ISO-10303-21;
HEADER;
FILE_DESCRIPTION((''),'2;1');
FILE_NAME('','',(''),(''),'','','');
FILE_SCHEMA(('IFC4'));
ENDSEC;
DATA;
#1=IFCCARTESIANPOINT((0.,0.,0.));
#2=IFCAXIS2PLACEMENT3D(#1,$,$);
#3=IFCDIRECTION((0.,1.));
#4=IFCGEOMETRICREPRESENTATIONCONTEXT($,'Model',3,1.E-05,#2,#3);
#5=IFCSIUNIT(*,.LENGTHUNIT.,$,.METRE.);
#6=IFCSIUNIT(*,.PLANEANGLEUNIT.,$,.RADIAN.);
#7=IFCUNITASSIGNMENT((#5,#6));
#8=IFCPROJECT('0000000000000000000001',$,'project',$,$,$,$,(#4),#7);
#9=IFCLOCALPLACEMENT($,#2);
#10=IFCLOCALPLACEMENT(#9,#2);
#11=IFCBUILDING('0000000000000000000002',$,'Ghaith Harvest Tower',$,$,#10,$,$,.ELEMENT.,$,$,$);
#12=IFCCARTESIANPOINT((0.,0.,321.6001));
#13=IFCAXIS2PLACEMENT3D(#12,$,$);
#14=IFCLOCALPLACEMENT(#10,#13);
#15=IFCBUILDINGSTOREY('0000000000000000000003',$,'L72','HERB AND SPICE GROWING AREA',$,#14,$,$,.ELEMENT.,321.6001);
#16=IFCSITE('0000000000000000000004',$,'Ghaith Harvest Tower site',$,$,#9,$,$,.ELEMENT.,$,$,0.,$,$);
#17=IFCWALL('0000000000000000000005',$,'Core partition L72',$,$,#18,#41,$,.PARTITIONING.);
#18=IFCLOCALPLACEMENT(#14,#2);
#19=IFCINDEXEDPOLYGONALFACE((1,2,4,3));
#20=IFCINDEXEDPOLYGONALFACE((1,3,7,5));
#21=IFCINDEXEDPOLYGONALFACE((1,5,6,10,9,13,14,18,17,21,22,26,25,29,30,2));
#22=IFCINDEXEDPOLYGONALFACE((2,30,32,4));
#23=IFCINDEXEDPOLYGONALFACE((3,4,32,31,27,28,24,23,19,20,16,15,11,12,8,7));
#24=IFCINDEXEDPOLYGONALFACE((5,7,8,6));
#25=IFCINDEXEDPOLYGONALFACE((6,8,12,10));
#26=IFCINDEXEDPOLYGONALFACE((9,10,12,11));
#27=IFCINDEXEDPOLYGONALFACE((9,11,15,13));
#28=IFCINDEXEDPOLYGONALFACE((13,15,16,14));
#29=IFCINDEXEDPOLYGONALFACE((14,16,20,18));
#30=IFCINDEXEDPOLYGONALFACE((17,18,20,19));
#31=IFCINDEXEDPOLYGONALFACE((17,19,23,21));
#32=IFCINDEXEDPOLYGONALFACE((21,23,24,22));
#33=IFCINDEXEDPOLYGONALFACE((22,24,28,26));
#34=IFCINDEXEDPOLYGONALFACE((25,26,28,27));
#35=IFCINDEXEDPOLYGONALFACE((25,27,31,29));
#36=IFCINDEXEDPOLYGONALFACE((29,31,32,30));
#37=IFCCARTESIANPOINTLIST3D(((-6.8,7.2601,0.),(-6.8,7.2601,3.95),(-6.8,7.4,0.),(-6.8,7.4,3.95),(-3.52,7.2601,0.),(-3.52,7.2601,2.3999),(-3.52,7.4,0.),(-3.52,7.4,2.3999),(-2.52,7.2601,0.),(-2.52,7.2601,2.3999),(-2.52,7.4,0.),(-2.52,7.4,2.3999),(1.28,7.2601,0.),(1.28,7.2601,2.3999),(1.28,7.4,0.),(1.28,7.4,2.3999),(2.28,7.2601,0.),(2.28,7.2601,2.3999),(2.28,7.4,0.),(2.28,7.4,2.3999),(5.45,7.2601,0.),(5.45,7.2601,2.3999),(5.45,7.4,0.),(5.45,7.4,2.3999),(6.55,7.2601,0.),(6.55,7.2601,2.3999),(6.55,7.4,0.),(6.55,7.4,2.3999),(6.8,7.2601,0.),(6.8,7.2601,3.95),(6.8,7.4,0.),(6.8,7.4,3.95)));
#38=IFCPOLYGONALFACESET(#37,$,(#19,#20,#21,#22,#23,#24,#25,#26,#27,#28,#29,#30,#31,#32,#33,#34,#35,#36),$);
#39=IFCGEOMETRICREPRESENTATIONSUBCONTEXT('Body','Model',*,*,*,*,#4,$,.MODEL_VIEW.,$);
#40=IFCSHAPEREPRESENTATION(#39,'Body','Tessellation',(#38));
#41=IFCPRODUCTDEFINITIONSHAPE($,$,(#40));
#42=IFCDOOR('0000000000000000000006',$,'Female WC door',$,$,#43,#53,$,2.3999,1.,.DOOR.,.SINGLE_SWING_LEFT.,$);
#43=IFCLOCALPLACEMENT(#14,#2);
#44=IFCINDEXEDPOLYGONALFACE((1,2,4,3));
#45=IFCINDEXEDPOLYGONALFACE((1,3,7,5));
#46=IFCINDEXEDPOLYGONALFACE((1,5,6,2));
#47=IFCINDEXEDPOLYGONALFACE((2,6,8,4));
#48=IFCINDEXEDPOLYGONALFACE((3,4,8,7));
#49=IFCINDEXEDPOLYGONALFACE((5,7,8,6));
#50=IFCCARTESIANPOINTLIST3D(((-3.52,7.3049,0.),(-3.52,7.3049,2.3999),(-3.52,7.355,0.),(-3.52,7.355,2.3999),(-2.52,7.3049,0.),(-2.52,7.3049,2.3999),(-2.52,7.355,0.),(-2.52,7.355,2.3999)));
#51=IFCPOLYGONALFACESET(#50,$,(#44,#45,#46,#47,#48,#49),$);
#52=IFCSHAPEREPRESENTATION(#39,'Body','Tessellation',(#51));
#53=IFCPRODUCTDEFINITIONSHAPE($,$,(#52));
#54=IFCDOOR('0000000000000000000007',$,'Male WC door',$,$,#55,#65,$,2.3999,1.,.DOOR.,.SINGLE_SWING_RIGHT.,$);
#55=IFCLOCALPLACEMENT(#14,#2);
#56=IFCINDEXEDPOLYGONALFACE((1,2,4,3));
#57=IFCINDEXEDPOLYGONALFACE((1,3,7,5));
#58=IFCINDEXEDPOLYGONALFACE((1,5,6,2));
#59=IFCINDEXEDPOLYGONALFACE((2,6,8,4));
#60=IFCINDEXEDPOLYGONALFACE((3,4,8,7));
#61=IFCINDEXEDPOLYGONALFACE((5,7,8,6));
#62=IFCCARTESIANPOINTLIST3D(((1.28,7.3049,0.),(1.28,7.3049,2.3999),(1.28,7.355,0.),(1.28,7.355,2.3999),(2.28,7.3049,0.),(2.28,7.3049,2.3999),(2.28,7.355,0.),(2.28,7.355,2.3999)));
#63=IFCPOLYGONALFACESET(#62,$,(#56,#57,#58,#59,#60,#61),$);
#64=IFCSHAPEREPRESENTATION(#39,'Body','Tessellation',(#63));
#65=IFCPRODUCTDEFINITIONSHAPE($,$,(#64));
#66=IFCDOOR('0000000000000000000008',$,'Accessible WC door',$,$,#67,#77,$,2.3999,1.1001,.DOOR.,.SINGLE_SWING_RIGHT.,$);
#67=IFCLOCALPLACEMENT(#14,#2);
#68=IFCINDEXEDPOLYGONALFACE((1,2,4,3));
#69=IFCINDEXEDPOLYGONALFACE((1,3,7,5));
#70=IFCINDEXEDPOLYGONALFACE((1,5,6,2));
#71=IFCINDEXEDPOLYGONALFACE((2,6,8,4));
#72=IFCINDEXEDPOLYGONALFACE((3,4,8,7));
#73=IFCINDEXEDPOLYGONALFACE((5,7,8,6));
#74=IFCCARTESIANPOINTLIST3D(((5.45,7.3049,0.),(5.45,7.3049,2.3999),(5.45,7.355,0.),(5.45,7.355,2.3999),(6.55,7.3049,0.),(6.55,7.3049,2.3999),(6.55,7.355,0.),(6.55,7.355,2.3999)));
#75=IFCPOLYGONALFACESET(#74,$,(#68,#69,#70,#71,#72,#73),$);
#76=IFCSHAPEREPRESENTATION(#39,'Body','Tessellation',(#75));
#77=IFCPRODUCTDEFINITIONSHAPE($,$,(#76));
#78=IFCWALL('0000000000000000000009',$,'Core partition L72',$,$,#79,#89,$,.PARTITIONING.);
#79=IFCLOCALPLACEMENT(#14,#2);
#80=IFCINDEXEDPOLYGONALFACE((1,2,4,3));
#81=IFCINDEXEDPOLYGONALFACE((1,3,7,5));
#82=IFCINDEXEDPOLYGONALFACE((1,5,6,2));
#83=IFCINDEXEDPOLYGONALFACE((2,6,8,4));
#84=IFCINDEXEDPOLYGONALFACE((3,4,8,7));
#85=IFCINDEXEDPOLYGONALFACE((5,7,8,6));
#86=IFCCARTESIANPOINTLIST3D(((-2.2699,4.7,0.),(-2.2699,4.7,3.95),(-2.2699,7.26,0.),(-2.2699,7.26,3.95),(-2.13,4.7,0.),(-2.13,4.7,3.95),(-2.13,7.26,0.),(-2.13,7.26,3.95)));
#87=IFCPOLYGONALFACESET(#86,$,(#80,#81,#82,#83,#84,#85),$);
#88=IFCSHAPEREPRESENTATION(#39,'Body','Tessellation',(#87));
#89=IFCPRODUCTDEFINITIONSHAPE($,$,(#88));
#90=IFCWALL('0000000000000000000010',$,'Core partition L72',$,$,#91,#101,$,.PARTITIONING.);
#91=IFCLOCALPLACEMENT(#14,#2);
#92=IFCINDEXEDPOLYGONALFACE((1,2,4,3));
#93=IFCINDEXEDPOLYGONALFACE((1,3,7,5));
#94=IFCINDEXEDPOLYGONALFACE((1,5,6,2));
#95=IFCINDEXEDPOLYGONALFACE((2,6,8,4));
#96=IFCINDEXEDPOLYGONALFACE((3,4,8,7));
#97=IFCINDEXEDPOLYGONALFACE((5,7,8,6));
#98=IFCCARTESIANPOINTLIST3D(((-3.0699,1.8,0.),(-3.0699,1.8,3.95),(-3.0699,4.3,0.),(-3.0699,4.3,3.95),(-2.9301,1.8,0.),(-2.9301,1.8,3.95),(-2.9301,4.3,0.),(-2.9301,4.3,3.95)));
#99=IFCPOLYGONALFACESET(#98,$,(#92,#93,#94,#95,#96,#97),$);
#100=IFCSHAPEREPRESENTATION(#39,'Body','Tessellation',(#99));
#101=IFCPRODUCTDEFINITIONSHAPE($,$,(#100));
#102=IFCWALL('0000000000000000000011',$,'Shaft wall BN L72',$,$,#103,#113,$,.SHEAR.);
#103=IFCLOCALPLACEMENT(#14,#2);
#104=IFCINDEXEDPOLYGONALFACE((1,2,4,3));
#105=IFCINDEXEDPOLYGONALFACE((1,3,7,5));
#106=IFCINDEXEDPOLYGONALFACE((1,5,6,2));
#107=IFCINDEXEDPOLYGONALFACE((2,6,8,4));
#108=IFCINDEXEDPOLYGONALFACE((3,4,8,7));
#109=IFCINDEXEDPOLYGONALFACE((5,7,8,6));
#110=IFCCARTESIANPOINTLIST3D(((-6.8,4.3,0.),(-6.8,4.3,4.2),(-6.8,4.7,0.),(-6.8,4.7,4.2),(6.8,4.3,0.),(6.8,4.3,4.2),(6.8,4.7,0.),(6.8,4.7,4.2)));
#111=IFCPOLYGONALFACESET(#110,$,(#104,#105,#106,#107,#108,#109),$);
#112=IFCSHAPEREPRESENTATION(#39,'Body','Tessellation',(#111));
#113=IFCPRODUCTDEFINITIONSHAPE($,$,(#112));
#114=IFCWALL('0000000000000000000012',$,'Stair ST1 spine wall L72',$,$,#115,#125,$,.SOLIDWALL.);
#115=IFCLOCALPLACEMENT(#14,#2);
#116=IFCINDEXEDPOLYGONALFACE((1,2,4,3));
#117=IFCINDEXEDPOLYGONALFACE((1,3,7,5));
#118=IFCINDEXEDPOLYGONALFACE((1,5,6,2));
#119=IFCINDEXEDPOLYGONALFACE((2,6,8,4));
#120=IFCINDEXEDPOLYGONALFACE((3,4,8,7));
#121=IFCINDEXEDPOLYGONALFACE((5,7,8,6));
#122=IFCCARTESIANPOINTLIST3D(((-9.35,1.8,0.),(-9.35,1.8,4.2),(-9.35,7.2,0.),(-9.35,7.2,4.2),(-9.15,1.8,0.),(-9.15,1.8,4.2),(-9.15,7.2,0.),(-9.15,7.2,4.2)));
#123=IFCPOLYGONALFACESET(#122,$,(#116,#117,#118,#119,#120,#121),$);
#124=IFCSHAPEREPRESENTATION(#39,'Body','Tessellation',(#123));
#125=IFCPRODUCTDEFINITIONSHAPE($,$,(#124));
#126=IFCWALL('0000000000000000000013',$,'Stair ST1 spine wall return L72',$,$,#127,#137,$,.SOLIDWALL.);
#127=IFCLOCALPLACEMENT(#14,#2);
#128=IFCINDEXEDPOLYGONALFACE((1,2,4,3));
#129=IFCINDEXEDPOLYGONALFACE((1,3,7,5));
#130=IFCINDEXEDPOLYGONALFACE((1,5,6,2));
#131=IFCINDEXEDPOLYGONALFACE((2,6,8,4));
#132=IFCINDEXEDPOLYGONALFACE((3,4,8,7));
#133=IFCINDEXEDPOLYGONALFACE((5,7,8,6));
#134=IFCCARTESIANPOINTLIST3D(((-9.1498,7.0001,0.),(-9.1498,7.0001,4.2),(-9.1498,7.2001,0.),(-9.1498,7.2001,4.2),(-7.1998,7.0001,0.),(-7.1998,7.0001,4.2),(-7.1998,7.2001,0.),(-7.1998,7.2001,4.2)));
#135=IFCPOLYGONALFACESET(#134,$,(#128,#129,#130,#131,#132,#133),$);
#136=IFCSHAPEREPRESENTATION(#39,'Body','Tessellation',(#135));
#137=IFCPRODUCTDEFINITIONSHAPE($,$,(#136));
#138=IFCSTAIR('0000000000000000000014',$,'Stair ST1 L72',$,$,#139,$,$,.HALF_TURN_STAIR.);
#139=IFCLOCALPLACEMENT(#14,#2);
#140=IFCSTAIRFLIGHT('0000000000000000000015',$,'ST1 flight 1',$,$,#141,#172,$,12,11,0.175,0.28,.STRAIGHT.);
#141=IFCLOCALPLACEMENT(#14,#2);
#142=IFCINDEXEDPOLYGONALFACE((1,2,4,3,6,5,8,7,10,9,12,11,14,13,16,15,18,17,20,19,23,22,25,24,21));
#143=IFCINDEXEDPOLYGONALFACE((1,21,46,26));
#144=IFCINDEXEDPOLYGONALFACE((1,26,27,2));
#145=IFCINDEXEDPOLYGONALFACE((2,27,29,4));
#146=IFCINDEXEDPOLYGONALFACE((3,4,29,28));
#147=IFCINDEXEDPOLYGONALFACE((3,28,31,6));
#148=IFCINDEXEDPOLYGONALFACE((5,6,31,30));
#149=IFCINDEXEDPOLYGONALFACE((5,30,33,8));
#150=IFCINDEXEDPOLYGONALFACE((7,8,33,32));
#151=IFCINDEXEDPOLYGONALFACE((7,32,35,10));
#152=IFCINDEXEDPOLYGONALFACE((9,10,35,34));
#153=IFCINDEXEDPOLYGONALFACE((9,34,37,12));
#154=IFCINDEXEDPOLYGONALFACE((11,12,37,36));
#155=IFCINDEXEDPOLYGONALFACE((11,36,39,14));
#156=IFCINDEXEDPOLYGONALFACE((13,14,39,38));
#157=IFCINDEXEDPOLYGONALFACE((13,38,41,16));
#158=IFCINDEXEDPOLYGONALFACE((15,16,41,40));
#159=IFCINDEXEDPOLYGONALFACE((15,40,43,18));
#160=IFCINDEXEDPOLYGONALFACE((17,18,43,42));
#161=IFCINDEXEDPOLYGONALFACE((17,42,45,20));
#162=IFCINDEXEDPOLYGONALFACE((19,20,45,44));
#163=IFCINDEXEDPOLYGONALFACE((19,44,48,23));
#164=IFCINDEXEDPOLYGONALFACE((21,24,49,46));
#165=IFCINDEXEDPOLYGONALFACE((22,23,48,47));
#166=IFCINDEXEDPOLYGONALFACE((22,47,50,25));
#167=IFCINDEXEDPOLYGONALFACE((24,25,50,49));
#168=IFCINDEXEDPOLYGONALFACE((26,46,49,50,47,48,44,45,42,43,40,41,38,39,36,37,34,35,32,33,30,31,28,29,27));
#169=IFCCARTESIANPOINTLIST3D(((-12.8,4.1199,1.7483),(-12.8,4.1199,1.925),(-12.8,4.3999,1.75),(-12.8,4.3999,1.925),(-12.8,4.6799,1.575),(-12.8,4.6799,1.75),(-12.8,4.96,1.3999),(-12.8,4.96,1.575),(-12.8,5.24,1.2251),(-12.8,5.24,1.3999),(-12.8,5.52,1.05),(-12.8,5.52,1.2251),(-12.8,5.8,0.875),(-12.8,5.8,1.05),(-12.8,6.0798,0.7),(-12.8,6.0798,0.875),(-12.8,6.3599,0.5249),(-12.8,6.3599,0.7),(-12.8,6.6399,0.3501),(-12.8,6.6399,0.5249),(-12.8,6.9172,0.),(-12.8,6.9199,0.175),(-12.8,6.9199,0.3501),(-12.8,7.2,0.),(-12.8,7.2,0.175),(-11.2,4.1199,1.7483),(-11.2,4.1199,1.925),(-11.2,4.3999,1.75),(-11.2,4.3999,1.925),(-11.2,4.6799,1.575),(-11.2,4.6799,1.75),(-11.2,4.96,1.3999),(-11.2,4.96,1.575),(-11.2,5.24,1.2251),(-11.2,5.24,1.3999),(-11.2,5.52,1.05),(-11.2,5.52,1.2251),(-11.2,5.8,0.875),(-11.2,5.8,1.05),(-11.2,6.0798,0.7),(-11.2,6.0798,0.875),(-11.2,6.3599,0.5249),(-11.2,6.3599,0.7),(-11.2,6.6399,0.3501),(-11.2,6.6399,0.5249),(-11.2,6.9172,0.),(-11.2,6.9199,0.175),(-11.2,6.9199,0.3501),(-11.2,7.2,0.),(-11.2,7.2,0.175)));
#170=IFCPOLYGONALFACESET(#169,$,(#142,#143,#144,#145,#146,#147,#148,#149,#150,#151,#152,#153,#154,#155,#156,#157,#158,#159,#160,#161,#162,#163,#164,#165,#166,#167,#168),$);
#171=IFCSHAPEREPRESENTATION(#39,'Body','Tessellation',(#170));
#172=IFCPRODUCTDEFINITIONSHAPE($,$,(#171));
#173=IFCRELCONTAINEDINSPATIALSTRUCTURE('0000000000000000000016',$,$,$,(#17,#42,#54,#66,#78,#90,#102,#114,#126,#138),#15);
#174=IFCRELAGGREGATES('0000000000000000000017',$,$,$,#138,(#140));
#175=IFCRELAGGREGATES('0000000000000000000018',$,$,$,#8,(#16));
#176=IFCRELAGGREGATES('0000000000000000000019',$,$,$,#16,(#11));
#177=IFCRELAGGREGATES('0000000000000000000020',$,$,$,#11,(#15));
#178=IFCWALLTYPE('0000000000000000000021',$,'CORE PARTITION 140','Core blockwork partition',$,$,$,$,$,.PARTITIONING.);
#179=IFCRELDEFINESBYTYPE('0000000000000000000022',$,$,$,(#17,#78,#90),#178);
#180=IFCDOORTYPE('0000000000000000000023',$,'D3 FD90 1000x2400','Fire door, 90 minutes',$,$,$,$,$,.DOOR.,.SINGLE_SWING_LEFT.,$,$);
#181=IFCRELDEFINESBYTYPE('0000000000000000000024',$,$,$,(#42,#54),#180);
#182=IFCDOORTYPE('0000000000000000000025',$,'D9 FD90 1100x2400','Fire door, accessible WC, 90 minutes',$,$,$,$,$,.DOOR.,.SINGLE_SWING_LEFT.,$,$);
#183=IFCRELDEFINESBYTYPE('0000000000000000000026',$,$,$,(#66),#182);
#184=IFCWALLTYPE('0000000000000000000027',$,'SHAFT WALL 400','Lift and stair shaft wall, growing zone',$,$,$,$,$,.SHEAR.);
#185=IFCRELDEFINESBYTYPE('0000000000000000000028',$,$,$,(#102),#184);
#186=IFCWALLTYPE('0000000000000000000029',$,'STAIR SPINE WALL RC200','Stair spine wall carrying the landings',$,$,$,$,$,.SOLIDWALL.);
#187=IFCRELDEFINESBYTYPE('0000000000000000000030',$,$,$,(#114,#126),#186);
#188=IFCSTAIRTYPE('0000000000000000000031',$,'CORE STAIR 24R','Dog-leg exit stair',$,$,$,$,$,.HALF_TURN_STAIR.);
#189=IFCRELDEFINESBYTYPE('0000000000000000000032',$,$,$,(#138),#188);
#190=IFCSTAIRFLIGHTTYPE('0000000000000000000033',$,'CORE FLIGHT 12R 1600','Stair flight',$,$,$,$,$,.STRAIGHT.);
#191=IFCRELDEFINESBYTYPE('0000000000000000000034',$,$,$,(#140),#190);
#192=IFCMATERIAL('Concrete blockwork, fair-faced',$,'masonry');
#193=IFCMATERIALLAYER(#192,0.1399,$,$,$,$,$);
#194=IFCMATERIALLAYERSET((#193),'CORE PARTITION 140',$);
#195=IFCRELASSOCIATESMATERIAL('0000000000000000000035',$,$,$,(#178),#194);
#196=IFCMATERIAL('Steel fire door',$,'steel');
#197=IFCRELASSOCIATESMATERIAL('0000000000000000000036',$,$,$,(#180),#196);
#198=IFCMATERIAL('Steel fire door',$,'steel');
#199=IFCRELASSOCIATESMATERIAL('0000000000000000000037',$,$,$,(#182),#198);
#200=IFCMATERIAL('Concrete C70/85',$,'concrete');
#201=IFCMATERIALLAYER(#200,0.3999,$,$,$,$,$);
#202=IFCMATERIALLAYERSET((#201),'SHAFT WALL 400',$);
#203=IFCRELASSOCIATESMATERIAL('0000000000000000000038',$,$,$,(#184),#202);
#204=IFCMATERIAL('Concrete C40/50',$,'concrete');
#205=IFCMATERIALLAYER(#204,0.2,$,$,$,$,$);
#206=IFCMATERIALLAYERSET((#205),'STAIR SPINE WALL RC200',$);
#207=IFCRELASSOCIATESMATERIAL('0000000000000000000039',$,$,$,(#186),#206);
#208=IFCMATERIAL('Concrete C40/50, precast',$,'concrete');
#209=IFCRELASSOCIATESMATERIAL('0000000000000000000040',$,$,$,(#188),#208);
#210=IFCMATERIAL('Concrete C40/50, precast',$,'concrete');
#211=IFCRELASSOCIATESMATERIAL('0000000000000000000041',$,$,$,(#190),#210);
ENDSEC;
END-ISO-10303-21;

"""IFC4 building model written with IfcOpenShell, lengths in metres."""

from ifc_helpers import new_model, si_unit, direction, frame, frame_2d, origin, place, context, subcontext, project, spatial, polyline, rectangle, outline, extrude, material, layer, layer_set, type_object, element, fill, aggregate, save


model = new_model("IFC4")

# Units and contexts
model_context = context("Model", 3, precision=1e-05, world=origin(), true_north=direction((0.0, 1.0)))
body_context = subcontext(model_context, "Body", "Model", "MODEL_VIEW")
ifc_project = project(units=[si_unit("LENGTHUNIT", "METRE"), si_unit("PLANEANGLEUNIT", "RADIAN")], contexts=[model_context])

# Site, building, storey
site_placement = place(None, origin())
site = spatial("IfcSite", under=ifc_project, at=site_placement, Name="Ghaith Harvest Tower site", CompositionType="ELEMENT", RefElevation=0.0)
building_placement = place(site_placement, origin())
building = spatial("IfcBuilding", under=site, at=building_placement, Name="Ghaith Harvest Tower", CompositionType="ELEMENT")
storey_placement = place(building_placement, frame((0.0, 0.0, 321.6001)))
storey = spatial("IfcBuildingStorey", under=building, at=storey_placement, Name="L72", Description="HERB AND SPICE GROWING AREA", CompositionType="ELEMENT", Elevation=321.6001)

# Wall, openings, doors
ifc_material_1 = material(Name="Concrete blockwork, fair-faced", Category="masonry")
ifc_layer_1 = layer(ifc_material_1, 0.1399)
ifc_layer_set_1 = layer_set([ifc_layer_1], Name="CORE PARTITION 140")
wall_type_1 = type_object("IfcWallType", Name="CORE PARTITION 140", Description="Core blockwork partition", PredefinedType="PARTITIONING", material=ifc_layer_set_1)
wall_1_placement = place(storey_placement, frame((-6.8, 7.3301, 0.0), z_axis=(0.0, 0.0, 1.0), x_axis=(1.0, 0.0, 0.0)))
wall_1 = element("IfcWall", 1, at=wall_1_placement, inside=storey, type_object=wall_type_1, Name="Core partition L72", PredefinedType="PARTITIONING", context=body_context, shape_type="SweptSolid", body=[
    extrude(rectangle(XDim=13.6001, YDim=0.1399, at=frame_2d((6.8, 0.0))), origin(), (0.0, 0.0, 1.0), 3.95),
])
opening_1_placement = place(wall_1_placement, frame((3.28, 0.0, 0.0)))
opening_1 = element("IfcOpeningElement", 2, at=opening_1_placement, cuts=wall_1, PredefinedType="OPENING", context=body_context, shape_type="SweptSolid", body=[
    extrude(rectangle(XDim=1.0, YDim=2.3999, at=frame_2d((0.5, 1.2))), frame((0.0, 0.0801, 0.0), z_axis=(0.0, -1.0, 0.0), x_axis=(1.0, 0.0, 0.0)), (0.0, 0.0, 1.0), 0.1599),
])
opening_2_placement = place(wall_1_placement, frame((8.0801, 0.0, 0.0)))
opening_2 = element("IfcOpeningElement", 3, at=opening_2_placement, cuts=wall_1, PredefinedType="OPENING", context=body_context, shape_type="SweptSolid", body=[
    extrude(rectangle(XDim=1.0, YDim=2.3999, at=frame_2d((0.5, 1.2))), frame((0.0, 0.0801, 0.0), z_axis=(0.0, -1.0, 0.0), x_axis=(1.0, 0.0, 0.0)), (0.0, 0.0, 1.0), 0.1599),
])
opening_3_placement = place(wall_1_placement, frame((12.25, 0.0, 0.0)))
opening_3 = element("IfcOpeningElement", 4, at=opening_3_placement, cuts=wall_1, PredefinedType="OPENING", context=body_context, shape_type="SweptSolid", body=[
    extrude(rectangle(XDim=1.1001, YDim=2.3999, at=frame_2d((0.55, 1.2))), frame((0.0, 0.0801, 0.0), z_axis=(0.0, -1.0, 0.0), x_axis=(1.0, 0.0, 0.0)), (0.0, 0.0, 1.0), 0.1599),
])
ifc_material_2 = material(Name="Steel fire door", Category="steel")
door_type_1 = type_object("IfcDoorType", Name="D3 FD90 1000x2400", Description="Fire door, 90 minutes", OperationType="SINGLE_SWING_LEFT", PredefinedType="DOOR", material=ifc_material_2)
door_1_placement = place(opening_1_placement, origin())
door_1 = element("IfcDoor", 5, at=door_1_placement, inside=storey, type_object=door_type_1, Name="Female WC door", OperationType="SINGLE_SWING_LEFT", OverallHeight=2.3999, OverallWidth=1.0, PredefinedType="DOOR", context=body_context, shape_type="SweptSolid", body=[
    extrude(rectangle(XDim=1.0, YDim=2.3999, at=frame_2d((0.5, 1.2))), frame((0.0, 0.0249, 0.0), z_axis=(0.0, -1.0, 0.0), x_axis=(1.0, 0.0, 0.0)), (0.0, 0.0, 1.0), 0.05),
])
fill(opening_1, door_1)
door_2_placement = place(opening_2_placement, origin())
door_2 = element("IfcDoor", 6, at=door_2_placement, inside=storey, type_object=door_type_1, Name="Male WC door", OperationType="SINGLE_SWING_RIGHT", OverallHeight=2.3999, OverallWidth=1.0, PredefinedType="DOOR", context=body_context, shape_type="SweptSolid", body=[
    extrude(rectangle(XDim=1.0, YDim=2.3999, at=frame_2d((0.5, 1.2))), frame((0.0, 0.0249, 0.0), z_axis=(0.0, -1.0, 0.0), x_axis=(1.0, 0.0, 0.0)), (0.0, 0.0, 1.0), 0.05),
])
fill(opening_2, door_2)
ifc_material_3 = material(Name="Steel fire door", Category="steel")
door_type_2 = type_object("IfcDoorType", Name="D9 FD90 1100x2400", Description="Fire door, accessible WC, 90 minutes", OperationType="SINGLE_SWING_LEFT", PredefinedType="DOOR", material=ifc_material_3)
door_3_placement = place(opening_3_placement, origin())
door_3 = element("IfcDoor", 7, at=door_3_placement, inside=storey, type_object=door_type_2, Name="Accessible WC door", OperationType="SINGLE_SWING_RIGHT", OverallHeight=2.3999, OverallWidth=1.1001, PredefinedType="DOOR", context=body_context, shape_type="SweptSolid", body=[
    extrude(rectangle(XDim=1.1001, YDim=2.3999, at=frame_2d((0.55, 1.2))), frame((0.0, 0.0249, 0.0), z_axis=(0.0, -1.0, 0.0), x_axis=(1.0, 0.0, 0.0)), (0.0, 0.0, 1.0), 0.05),
])
fill(opening_3, door_3)

# Walls
wall_2_placement = place(storey_placement, frame((-2.2, 4.7, 0.0), z_axis=(0.0, 0.0, 1.0), x_axis=(0.0, 1.0, 0.0)))
element("IfcWall", 8, at=wall_2_placement, inside=storey, type_object=wall_type_1, Name="Core partition L72", PredefinedType="PARTITIONING", context=body_context, shape_type="SweptSolid", body=[
    extrude(rectangle(XDim=2.5601, YDim=0.1399, at=frame_2d((1.28, 0.0))), origin(), (0.0, 0.0, 1.0), 3.95),
])
wall_3_placement = place(storey_placement, frame((-3.0, 1.8, 0.0), z_axis=(0.0, 0.0, 1.0), x_axis=(0.0, 1.0, 0.0)))
element("IfcWall", 9, at=wall_3_placement, inside=storey, type_object=wall_type_1, Name="Core partition L72", PredefinedType="PARTITIONING", context=body_context, shape_type="SweptSolid", body=[
    extrude(rectangle(XDim=2.5, YDim=0.1399, at=frame_2d((1.25, 0.0))), origin(), (0.0, 0.0, 1.0), 3.95),
])

# Shared definitions
ifc_material_4 = material(Name="Concrete C70/85", Category="concrete")
ifc_layer_2 = layer(ifc_material_4, 0.3999)
ifc_layer_set_2 = layer_set([ifc_layer_2], Name="SHAFT WALL 400")
wall_type_2 = type_object("IfcWallType", Name="SHAFT WALL 400", Description="Lift and stair shaft wall, growing zone", PredefinedType="SHEAR", material=ifc_layer_set_2)

# Walls
wall_4_placement = place(storey_placement, frame((-6.8, 4.5, 0.0), z_axis=(0.0, 0.0, 1.0), x_axis=(1.0, 0.0, 0.0)))
element("IfcWall", 10, at=wall_4_placement, inside=storey, type_object=wall_type_2, Name="Shaft wall BN L72", PredefinedType="SHEAR", context=body_context, shape_type="SweptSolid", body=[
    extrude(rectangle(XDim=13.6001, YDim=0.3999, at=frame_2d((6.8, 0.0))), origin(), (0.0, 0.0, 1.0), 4.2),
])
ifc_material_5 = material(Name="Concrete C40/50", Category="concrete")
ifc_layer_3 = layer(ifc_material_5, 0.2)
ifc_layer_set_3 = layer_set([ifc_layer_3], Name="STAIR SPINE WALL RC200")
wall_type_3 = type_object("IfcWallType", Name="STAIR SPINE WALL RC200", Description="Stair spine wall carrying the landings", PredefinedType="SOLIDWALL", material=ifc_layer_set_3)
wall_5_placement = place(storey_placement, frame((-9.25, 7.2, 0.0), z_axis=(0.0, 0.0, 1.0), x_axis=(0.0, -1.0, 0.0)))
element("IfcWall", 11, at=wall_5_placement, inside=storey, type_object=wall_type_3, Name="Stair ST1 spine wall L72", PredefinedType="SOLIDWALL", context=body_context, shape_type="SweptSolid", body=[
    extrude(rectangle(XDim=5.3999, YDim=0.2, at=frame_2d((2.7, 0.0))), origin(), (0.0, 0.0, 1.0), 4.2),
])
wall_6_placement = place(storey_placement, frame((-9.1499, 7.1001, 0.0), z_axis=(0.0, 0.0, 1.0), x_axis=(1.0, 0.0, 0.0)))
element("IfcWall", 12, at=wall_6_placement, inside=storey, type_object=wall_type_3, Name="Stair ST1 spine wall return L72", PredefinedType="SOLIDWALL", context=body_context, shape_type="SweptSolid", body=[
    extrude(rectangle(XDim=1.95, YDim=0.2, at=frame_2d((0.9751, 0.0))), origin(), (0.0, 0.0, 1.0), 4.2),
])

# Stair, stair flight
ifc_material_6 = material(Name="Concrete C40/50, precast", Category="concrete")
stair_type = type_object("IfcStairType", Name="CORE STAIR 24R", Description="Dog-leg exit stair", PredefinedType="HALF_TURN_STAIR", material=ifc_material_6)
stair_placement = place(storey_placement, origin())
stair = element("IfcStair", 13, at=stair_placement, inside=storey, type_object=stair_type, Name="Stair ST1 L72", PredefinedType="HALF_TURN_STAIR")
ifc_material_7 = material(Name="Concrete C40/50, precast", Category="concrete")
stair_flight_type = type_object("IfcStairFlightType", Name="CORE FLIGHT 12R 1600", Description="Stair flight", PredefinedType="STRAIGHT", material=ifc_material_7)
stair_flight_1_placement = place(storey_placement, frame((-12.0, 7.2, 0.0), z_axis=(0.0, 0.0, 1.0), x_axis=(0.0, -1.0, 0.0)))
stair_flight_1 = element("IfcStairFlight", 14, at=stair_flight_1_placement, type_object=stair_flight_type, Name="ST1 flight 1", NumberOfRisers=12, NumberOfTreads=11, PredefinedType="STRAIGHT", RiserHeight=0.175, TreadLength=0.28, context=body_context, shape_type="SweptSolid", body=[
    extrude(outline(polyline([(0.0, 0.0), (0.0, 0.175), (0.28, 0.175), (0.28, 0.3501), (0.5601, 0.3501), (0.5601, 0.5249), (0.8401, 0.5249), (0.8401, 0.7), (1.1201, 0.7), (1.1201, 0.875), (1.3999, 0.875), (1.3999, 1.05), (1.6799, 1.05), (1.6799, 1.2251), (1.96, 1.2251), (1.96, 1.3999), (2.24, 1.3999), (2.24, 1.575), (2.52, 1.575), (2.52, 1.75), (2.8, 1.75), (2.8, 1.925), (3.0801, 1.925), (3.0801, 2.1001), (3.0801, 1.7483), (0.2827, 0.0), (0.0, 0.0)])), frame((0.0, 0.8, 0.0), z_axis=(0.0, -1.0, 0.0), x_axis=(1.0, 0.0, 0.0)), (0.0, 0.0, 1.0), 1.6001),
])
aggregate(stair, [stair_flight_1])

save(model, "model.ifc")
